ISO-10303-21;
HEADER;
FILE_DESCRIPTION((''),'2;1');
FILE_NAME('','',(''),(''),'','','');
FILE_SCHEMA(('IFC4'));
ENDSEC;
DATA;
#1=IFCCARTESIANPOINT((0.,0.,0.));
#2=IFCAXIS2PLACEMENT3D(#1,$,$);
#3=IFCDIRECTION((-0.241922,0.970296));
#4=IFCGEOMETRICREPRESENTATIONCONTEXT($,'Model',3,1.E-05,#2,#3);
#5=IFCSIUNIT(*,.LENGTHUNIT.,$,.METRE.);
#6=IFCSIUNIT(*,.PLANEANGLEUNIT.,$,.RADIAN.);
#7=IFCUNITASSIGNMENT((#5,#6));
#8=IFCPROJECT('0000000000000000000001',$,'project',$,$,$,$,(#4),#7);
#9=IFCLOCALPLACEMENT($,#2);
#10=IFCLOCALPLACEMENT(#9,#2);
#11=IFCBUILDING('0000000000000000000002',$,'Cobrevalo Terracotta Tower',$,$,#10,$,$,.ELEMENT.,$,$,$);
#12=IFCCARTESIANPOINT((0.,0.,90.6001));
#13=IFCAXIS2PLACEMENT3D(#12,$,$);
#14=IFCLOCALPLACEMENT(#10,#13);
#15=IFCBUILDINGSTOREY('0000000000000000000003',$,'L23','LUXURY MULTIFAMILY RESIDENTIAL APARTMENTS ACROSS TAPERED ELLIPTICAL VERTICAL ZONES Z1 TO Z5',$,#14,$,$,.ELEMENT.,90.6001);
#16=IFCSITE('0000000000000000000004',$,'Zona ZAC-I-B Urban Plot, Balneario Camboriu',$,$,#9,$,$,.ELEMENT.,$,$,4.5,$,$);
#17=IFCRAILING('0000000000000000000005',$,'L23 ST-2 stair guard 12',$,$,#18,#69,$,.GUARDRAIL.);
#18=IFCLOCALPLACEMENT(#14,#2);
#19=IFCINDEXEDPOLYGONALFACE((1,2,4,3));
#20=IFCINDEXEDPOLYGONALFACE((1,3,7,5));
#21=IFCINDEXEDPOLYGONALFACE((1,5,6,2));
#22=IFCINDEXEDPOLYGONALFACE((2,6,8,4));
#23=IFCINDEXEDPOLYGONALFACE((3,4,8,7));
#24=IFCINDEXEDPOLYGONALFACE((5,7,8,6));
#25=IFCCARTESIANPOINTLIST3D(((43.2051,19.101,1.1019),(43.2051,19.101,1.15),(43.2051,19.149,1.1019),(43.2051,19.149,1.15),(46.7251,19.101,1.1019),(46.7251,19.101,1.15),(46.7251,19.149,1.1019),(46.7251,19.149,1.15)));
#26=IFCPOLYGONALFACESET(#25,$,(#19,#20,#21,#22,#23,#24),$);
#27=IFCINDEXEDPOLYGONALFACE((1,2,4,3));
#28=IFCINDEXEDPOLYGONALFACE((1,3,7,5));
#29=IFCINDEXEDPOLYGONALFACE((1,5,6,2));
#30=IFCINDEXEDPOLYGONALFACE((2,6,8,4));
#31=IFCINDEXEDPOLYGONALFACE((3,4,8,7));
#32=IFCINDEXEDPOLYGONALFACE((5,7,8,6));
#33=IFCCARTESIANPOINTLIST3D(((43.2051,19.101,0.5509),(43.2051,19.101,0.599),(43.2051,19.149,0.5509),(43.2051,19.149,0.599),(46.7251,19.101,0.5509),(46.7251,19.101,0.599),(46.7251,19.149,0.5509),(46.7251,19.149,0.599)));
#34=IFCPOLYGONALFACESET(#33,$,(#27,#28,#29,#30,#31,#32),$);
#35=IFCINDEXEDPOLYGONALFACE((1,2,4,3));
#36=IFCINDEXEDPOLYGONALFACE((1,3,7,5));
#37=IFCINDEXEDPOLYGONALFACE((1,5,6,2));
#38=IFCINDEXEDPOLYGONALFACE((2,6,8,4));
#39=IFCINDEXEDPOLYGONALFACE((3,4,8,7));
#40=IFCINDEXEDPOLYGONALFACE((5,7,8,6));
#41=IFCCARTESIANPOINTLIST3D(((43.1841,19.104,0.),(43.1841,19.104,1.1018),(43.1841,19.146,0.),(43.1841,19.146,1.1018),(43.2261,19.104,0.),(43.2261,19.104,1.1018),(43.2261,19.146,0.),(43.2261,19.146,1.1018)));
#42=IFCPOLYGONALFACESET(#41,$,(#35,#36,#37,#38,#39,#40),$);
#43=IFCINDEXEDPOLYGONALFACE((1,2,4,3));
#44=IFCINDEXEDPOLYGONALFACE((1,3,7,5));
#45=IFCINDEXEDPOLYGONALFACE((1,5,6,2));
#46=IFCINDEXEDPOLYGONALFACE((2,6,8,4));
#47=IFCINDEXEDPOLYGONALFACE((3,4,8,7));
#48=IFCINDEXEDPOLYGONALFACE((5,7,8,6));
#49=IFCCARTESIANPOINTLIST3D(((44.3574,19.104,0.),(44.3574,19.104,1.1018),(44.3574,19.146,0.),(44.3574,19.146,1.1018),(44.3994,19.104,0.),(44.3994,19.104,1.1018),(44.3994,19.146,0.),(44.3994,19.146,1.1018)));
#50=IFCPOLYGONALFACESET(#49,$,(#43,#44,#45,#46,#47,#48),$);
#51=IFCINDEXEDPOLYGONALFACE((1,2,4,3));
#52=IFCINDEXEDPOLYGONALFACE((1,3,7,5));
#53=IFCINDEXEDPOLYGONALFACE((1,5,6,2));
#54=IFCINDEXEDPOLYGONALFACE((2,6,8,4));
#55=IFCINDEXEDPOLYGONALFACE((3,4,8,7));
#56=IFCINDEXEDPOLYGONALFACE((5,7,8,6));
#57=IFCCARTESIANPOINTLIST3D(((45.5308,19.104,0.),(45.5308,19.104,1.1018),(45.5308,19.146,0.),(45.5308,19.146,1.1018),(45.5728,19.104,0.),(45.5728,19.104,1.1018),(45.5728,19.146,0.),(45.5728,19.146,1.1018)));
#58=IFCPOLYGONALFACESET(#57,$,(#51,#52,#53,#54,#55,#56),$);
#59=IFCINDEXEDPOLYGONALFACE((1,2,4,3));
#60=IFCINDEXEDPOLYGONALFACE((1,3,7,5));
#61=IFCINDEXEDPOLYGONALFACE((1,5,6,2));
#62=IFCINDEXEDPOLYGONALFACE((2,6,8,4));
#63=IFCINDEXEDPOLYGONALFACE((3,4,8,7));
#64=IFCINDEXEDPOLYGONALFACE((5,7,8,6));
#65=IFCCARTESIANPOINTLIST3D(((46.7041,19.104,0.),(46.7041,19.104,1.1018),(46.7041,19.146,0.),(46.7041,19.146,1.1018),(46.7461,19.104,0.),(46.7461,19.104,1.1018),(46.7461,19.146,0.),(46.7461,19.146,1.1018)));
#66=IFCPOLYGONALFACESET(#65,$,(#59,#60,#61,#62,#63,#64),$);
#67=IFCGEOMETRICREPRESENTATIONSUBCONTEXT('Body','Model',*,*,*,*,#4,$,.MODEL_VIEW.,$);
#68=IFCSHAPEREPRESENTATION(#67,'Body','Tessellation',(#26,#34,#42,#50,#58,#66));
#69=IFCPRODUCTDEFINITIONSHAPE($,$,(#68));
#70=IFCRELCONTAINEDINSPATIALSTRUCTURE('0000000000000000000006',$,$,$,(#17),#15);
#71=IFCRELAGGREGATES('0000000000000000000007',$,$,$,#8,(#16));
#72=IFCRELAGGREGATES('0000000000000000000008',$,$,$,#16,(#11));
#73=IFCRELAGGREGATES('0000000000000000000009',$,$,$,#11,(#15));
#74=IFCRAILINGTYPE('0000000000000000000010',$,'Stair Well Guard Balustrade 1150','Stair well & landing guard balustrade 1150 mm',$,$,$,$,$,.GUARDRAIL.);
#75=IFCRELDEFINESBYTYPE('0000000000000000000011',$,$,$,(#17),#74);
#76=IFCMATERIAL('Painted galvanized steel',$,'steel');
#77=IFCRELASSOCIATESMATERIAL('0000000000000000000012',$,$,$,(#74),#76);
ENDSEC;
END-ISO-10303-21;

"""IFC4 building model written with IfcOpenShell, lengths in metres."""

from ifc_helpers import new_model, si_unit, direction, frame, origin, origin_2d, place, context, subcontext, project, spatial, rectangle, extrude, material, type_object, element, save


model = new_model("IFC4")

# Units and contexts
model_context = context("Model", 3, precision=1e-05, world=origin(), true_north=direction((-0.241922, 0.970296)))
body_context = subcontext(model_context, "Body", "Model", "MODEL_VIEW")
ifc_project = project(units=[si_unit("LENGTHUNIT", "METRE"), si_unit("PLANEANGLEUNIT", "RADIAN")], contexts=[model_context])

# Site, building, storey
site_placement = place(None, origin())
site = spatial("IfcSite", under=ifc_project, at=site_placement, Name="Zona ZAC-I-B Urban Plot, Balneario Camboriu", CompositionType="ELEMENT", RefElevation=4.5)
building_placement = place(site_placement, origin())
building = spatial("IfcBuilding", under=site, at=building_placement, Name="Cobrevalo Terracotta Tower", CompositionType="ELEMENT")
storey_placement = place(building_placement, frame((0.0, 0.0, 90.6001)))
storey = spatial("IfcBuildingStorey", under=building, at=storey_placement, Name="L23", Description="LUXURY MULTIFAMILY RESIDENTIAL APARTMENTS ACROSS TAPERED ELLIPTICAL VERTICAL ZONES Z1 TO Z5", CompositionType="ELEMENT", Elevation=90.6001)

# Railing
ifc_material_1 = material(Name="Painted galvanized steel", Category="steel")
railing_type_1 = type_object("IfcRailingType", Name="Stair Well Guard Balustrade 1150", Description="Stair well & landing guard balustrade 1150 mm", PredefinedType="GUARDRAIL", material=ifc_material_1)
railing_1_placement = place(storey_placement, frame((43.2051, 19.125, 0.0)))
element("IfcRailing", 1, at=railing_1_placement, inside=storey, type_object=railing_type_1, Name="L23 ST-2 stair guard 12", PredefinedType="GUARDRAIL", context=body_context, shape_type="SweptSolid", body=[
    extrude(rectangle(XDim=0.0481, YDim=0.0481, at=origin_2d()), frame((0.0, 0.0, 1.126), z_axis=(1.0, 0.0, 0.0), x_axis=(0.0, 1.0, 0.0)), (0.0, 0.0, 1.0), 3.52),
    extrude(rectangle(XDim=0.0481, YDim=0.0481, at=origin_2d()), frame((0.0, 0.0, 0.575), z_axis=(1.0, 0.0, 0.0), x_axis=(0.0, 1.0, 0.0)), (0.0, 0.0, 1.0), 3.52),
    extrude(rectangle(XDim=0.042, YDim=0.042, at=origin_2d()), origin(), (0.0, 0.0, 1.0), 1.1018),
    extrude(rectangle(XDim=0.042, YDim=0.042, at=origin_2d()), frame((1.1733, 0.0, 0.0)), (0.0, 0.0, 1.0), 1.1018),
    extrude(rectangle(XDim=0.042, YDim=0.042, at=origin_2d()), frame((2.3467, 0.0, 0.0)), (0.0, 0.0, 1.0), 1.1018),
    extrude(rectangle(XDim=0.042, YDim=0.042, at=origin_2d()), frame((3.52, 0.0, 0.0)), (0.0, 0.0, 1.0), 1.1018),
])

save(model, "model.ifc")
